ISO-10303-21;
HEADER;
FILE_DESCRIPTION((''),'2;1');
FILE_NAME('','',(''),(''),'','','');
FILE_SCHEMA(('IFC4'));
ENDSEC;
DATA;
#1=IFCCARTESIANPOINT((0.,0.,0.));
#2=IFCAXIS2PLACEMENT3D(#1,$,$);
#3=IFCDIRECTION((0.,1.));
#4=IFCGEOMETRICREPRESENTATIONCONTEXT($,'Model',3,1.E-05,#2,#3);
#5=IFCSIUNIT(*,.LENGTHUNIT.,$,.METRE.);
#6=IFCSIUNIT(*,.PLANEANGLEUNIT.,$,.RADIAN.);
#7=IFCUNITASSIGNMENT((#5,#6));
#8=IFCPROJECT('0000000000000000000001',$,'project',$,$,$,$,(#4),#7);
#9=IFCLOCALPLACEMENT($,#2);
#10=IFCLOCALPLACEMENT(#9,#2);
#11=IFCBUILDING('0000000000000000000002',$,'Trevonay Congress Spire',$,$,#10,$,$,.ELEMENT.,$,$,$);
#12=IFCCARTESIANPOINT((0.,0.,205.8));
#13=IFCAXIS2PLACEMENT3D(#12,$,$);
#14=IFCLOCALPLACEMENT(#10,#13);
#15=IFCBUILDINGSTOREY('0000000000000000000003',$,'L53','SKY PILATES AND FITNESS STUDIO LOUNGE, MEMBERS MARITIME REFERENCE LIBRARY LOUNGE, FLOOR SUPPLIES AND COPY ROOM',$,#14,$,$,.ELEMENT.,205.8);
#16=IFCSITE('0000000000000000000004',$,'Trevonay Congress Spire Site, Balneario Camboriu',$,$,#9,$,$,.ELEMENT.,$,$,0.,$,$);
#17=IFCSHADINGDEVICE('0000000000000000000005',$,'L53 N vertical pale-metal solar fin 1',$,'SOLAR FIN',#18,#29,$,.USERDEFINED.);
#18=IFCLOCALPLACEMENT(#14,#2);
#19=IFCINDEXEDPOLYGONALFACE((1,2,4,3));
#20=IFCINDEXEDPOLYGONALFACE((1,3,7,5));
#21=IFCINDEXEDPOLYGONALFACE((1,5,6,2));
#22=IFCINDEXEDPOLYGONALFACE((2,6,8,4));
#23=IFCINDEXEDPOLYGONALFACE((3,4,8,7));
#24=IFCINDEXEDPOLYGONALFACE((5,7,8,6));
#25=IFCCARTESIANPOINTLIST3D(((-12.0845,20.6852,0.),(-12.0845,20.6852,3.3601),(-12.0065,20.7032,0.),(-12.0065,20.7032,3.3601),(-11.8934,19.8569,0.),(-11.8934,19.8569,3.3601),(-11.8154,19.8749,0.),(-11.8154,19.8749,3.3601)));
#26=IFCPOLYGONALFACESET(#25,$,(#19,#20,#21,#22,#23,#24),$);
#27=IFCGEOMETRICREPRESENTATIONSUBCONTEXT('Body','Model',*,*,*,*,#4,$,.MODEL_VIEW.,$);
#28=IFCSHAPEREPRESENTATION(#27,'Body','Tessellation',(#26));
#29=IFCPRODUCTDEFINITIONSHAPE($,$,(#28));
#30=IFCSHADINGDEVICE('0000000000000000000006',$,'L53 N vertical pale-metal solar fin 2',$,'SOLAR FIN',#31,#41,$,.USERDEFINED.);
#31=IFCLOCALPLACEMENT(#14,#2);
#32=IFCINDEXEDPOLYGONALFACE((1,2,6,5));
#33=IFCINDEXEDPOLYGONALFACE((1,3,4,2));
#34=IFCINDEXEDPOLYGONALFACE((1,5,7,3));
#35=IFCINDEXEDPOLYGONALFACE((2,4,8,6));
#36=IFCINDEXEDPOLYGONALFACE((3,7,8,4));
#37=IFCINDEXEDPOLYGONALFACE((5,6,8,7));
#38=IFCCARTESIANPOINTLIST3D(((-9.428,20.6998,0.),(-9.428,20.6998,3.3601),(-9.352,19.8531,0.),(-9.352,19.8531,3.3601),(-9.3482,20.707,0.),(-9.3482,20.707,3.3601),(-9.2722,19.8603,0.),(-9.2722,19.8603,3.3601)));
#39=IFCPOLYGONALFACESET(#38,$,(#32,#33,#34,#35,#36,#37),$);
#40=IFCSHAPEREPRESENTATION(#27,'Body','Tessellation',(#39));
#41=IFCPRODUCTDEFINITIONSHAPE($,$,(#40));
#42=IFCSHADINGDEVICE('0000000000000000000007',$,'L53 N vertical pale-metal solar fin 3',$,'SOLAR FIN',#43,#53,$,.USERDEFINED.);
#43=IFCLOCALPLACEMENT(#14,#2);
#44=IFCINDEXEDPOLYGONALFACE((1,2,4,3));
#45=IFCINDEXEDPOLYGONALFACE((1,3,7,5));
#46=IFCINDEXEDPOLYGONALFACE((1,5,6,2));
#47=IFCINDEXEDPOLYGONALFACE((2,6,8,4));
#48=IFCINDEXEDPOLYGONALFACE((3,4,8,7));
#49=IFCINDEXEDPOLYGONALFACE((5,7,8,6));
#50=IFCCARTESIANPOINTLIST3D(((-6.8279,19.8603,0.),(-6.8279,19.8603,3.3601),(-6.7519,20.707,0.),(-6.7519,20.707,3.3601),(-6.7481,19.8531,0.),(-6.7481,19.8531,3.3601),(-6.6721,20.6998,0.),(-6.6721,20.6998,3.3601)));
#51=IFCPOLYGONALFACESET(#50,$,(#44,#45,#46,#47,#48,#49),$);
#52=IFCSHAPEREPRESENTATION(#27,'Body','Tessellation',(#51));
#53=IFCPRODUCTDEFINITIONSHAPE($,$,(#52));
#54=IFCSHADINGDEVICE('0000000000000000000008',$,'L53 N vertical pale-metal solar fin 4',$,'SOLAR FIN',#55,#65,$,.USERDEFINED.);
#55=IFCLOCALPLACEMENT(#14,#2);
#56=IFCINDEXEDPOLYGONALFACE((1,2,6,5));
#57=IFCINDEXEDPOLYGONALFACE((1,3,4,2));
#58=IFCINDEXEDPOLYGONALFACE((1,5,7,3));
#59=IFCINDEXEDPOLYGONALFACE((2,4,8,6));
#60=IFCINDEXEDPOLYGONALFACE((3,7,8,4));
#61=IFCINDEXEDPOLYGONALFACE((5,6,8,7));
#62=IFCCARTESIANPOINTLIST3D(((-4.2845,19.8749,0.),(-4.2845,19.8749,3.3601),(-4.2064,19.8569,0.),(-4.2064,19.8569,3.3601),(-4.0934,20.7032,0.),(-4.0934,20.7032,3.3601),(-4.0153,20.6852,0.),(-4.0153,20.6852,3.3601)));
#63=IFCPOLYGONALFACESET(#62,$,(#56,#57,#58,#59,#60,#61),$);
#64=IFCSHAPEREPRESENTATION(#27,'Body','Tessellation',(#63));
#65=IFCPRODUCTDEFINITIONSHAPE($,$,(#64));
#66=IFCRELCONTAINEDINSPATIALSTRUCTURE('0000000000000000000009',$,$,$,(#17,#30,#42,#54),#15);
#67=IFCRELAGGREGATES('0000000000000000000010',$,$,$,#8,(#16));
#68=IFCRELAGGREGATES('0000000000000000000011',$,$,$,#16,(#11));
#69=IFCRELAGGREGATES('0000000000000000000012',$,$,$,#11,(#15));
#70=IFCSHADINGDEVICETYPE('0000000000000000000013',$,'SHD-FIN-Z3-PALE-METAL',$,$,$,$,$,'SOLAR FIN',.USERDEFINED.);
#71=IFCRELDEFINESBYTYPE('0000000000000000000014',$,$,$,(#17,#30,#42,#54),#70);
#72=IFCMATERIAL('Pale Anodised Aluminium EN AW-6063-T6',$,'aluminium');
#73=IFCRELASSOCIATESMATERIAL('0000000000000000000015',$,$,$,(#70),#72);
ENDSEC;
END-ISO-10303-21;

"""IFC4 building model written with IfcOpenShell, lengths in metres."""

from ifc_helpers import new_model, si_unit, direction, frame, origin, origin_2d, place, context, subcontext, project, spatial, rectangle, extrude, material, type_object, element, save


model = new_model("IFC4")

# Units and contexts
model_context = context("Model", 3, precision=1e-05, world=origin(), true_north=direction((0.0, 1.0)))
body_context = subcontext(model_context, "Body", "Model", "MODEL_VIEW")
ifc_project = project(units=[si_unit("LENGTHUNIT", "METRE"), si_unit("PLANEANGLEUNIT", "RADIAN")], contexts=[model_context])

# Site, building, storey
site_placement = place(None, origin())
site = spatial("IfcSite", under=ifc_project, at=site_placement, Name="Trevonay Congress Spire Site, Balneario Camboriu", CompositionType="ELEMENT", RefElevation=0.0)
building_placement = place(site_placement, origin())
building = spatial("IfcBuilding", under=site, at=building_placement, Name="Trevonay Congress Spire", CompositionType="ELEMENT")
storey_placement = place(building_placement, frame((0.0, 0.0, 205.8)))
storey = spatial("IfcBuildingStorey", under=building, at=storey_placement, Name="L53", Description="SKY PILATES AND FITNESS STUDIO LOUNGE, MEMBERS MARITIME REFERENCE LIBRARY LOUNGE, FLOOR SUPPLIES AND COPY ROOM", CompositionType="ELEMENT", Elevation=205.8)

# Shared definitions
ifc_material_1 = material(Name="Pale Anodised Aluminium EN AW-6063-T6", Category="aluminium")

# Shading devices
shading_device_type = type_object("IfcShadingDeviceType", Name="SHD-FIN-Z3-PALE-METAL", ElementType="SOLAR FIN", PredefinedType="USERDEFINED", material=ifc_material_1)
for number, where, z_axis, x_axis, name in (
    (1, (-11.95, 20.28, 0.0), (0.0, 0.0, 1.0), (0.974409, 0.224781, 0.0), "L53 N vertical pale-metal solar fin 1"),
    (2, (-9.3501, 20.28, 0.0), (0.0, 0.0, 1.0), (0.995994, 0.089416, 0.0), "L53 N vertical pale-metal solar fin 2"),
    (3, (-6.75, 20.28, 0.0), (0.0, 0.0, 1.0), (0.995994, -0.089416, 0.0), "L53 N vertical pale-metal solar fin 3"),
    (4, (-4.1499, 20.28, 0.0), (0.0, 0.0, 1.0), (0.974409, -0.224781, 0.0), "L53 N vertical pale-metal solar fin 4"),
):
    element("IfcShadingDevice", number, at=place(storey_placement, frame(where, z_axis=z_axis, x_axis=x_axis)), inside=storey, type_object=shading_device_type, Name=name, ObjectType="SOLAR FIN", PredefinedType="USERDEFINED", context=body_context, shape_type="SweptSolid", body=[
        extrude(rectangle(XDim=0.0801, YDim=0.8501, at=origin_2d()), origin(), (0.0, 0.0, 1.0), 3.3601),
    ])

save(model, "model.ifc")
